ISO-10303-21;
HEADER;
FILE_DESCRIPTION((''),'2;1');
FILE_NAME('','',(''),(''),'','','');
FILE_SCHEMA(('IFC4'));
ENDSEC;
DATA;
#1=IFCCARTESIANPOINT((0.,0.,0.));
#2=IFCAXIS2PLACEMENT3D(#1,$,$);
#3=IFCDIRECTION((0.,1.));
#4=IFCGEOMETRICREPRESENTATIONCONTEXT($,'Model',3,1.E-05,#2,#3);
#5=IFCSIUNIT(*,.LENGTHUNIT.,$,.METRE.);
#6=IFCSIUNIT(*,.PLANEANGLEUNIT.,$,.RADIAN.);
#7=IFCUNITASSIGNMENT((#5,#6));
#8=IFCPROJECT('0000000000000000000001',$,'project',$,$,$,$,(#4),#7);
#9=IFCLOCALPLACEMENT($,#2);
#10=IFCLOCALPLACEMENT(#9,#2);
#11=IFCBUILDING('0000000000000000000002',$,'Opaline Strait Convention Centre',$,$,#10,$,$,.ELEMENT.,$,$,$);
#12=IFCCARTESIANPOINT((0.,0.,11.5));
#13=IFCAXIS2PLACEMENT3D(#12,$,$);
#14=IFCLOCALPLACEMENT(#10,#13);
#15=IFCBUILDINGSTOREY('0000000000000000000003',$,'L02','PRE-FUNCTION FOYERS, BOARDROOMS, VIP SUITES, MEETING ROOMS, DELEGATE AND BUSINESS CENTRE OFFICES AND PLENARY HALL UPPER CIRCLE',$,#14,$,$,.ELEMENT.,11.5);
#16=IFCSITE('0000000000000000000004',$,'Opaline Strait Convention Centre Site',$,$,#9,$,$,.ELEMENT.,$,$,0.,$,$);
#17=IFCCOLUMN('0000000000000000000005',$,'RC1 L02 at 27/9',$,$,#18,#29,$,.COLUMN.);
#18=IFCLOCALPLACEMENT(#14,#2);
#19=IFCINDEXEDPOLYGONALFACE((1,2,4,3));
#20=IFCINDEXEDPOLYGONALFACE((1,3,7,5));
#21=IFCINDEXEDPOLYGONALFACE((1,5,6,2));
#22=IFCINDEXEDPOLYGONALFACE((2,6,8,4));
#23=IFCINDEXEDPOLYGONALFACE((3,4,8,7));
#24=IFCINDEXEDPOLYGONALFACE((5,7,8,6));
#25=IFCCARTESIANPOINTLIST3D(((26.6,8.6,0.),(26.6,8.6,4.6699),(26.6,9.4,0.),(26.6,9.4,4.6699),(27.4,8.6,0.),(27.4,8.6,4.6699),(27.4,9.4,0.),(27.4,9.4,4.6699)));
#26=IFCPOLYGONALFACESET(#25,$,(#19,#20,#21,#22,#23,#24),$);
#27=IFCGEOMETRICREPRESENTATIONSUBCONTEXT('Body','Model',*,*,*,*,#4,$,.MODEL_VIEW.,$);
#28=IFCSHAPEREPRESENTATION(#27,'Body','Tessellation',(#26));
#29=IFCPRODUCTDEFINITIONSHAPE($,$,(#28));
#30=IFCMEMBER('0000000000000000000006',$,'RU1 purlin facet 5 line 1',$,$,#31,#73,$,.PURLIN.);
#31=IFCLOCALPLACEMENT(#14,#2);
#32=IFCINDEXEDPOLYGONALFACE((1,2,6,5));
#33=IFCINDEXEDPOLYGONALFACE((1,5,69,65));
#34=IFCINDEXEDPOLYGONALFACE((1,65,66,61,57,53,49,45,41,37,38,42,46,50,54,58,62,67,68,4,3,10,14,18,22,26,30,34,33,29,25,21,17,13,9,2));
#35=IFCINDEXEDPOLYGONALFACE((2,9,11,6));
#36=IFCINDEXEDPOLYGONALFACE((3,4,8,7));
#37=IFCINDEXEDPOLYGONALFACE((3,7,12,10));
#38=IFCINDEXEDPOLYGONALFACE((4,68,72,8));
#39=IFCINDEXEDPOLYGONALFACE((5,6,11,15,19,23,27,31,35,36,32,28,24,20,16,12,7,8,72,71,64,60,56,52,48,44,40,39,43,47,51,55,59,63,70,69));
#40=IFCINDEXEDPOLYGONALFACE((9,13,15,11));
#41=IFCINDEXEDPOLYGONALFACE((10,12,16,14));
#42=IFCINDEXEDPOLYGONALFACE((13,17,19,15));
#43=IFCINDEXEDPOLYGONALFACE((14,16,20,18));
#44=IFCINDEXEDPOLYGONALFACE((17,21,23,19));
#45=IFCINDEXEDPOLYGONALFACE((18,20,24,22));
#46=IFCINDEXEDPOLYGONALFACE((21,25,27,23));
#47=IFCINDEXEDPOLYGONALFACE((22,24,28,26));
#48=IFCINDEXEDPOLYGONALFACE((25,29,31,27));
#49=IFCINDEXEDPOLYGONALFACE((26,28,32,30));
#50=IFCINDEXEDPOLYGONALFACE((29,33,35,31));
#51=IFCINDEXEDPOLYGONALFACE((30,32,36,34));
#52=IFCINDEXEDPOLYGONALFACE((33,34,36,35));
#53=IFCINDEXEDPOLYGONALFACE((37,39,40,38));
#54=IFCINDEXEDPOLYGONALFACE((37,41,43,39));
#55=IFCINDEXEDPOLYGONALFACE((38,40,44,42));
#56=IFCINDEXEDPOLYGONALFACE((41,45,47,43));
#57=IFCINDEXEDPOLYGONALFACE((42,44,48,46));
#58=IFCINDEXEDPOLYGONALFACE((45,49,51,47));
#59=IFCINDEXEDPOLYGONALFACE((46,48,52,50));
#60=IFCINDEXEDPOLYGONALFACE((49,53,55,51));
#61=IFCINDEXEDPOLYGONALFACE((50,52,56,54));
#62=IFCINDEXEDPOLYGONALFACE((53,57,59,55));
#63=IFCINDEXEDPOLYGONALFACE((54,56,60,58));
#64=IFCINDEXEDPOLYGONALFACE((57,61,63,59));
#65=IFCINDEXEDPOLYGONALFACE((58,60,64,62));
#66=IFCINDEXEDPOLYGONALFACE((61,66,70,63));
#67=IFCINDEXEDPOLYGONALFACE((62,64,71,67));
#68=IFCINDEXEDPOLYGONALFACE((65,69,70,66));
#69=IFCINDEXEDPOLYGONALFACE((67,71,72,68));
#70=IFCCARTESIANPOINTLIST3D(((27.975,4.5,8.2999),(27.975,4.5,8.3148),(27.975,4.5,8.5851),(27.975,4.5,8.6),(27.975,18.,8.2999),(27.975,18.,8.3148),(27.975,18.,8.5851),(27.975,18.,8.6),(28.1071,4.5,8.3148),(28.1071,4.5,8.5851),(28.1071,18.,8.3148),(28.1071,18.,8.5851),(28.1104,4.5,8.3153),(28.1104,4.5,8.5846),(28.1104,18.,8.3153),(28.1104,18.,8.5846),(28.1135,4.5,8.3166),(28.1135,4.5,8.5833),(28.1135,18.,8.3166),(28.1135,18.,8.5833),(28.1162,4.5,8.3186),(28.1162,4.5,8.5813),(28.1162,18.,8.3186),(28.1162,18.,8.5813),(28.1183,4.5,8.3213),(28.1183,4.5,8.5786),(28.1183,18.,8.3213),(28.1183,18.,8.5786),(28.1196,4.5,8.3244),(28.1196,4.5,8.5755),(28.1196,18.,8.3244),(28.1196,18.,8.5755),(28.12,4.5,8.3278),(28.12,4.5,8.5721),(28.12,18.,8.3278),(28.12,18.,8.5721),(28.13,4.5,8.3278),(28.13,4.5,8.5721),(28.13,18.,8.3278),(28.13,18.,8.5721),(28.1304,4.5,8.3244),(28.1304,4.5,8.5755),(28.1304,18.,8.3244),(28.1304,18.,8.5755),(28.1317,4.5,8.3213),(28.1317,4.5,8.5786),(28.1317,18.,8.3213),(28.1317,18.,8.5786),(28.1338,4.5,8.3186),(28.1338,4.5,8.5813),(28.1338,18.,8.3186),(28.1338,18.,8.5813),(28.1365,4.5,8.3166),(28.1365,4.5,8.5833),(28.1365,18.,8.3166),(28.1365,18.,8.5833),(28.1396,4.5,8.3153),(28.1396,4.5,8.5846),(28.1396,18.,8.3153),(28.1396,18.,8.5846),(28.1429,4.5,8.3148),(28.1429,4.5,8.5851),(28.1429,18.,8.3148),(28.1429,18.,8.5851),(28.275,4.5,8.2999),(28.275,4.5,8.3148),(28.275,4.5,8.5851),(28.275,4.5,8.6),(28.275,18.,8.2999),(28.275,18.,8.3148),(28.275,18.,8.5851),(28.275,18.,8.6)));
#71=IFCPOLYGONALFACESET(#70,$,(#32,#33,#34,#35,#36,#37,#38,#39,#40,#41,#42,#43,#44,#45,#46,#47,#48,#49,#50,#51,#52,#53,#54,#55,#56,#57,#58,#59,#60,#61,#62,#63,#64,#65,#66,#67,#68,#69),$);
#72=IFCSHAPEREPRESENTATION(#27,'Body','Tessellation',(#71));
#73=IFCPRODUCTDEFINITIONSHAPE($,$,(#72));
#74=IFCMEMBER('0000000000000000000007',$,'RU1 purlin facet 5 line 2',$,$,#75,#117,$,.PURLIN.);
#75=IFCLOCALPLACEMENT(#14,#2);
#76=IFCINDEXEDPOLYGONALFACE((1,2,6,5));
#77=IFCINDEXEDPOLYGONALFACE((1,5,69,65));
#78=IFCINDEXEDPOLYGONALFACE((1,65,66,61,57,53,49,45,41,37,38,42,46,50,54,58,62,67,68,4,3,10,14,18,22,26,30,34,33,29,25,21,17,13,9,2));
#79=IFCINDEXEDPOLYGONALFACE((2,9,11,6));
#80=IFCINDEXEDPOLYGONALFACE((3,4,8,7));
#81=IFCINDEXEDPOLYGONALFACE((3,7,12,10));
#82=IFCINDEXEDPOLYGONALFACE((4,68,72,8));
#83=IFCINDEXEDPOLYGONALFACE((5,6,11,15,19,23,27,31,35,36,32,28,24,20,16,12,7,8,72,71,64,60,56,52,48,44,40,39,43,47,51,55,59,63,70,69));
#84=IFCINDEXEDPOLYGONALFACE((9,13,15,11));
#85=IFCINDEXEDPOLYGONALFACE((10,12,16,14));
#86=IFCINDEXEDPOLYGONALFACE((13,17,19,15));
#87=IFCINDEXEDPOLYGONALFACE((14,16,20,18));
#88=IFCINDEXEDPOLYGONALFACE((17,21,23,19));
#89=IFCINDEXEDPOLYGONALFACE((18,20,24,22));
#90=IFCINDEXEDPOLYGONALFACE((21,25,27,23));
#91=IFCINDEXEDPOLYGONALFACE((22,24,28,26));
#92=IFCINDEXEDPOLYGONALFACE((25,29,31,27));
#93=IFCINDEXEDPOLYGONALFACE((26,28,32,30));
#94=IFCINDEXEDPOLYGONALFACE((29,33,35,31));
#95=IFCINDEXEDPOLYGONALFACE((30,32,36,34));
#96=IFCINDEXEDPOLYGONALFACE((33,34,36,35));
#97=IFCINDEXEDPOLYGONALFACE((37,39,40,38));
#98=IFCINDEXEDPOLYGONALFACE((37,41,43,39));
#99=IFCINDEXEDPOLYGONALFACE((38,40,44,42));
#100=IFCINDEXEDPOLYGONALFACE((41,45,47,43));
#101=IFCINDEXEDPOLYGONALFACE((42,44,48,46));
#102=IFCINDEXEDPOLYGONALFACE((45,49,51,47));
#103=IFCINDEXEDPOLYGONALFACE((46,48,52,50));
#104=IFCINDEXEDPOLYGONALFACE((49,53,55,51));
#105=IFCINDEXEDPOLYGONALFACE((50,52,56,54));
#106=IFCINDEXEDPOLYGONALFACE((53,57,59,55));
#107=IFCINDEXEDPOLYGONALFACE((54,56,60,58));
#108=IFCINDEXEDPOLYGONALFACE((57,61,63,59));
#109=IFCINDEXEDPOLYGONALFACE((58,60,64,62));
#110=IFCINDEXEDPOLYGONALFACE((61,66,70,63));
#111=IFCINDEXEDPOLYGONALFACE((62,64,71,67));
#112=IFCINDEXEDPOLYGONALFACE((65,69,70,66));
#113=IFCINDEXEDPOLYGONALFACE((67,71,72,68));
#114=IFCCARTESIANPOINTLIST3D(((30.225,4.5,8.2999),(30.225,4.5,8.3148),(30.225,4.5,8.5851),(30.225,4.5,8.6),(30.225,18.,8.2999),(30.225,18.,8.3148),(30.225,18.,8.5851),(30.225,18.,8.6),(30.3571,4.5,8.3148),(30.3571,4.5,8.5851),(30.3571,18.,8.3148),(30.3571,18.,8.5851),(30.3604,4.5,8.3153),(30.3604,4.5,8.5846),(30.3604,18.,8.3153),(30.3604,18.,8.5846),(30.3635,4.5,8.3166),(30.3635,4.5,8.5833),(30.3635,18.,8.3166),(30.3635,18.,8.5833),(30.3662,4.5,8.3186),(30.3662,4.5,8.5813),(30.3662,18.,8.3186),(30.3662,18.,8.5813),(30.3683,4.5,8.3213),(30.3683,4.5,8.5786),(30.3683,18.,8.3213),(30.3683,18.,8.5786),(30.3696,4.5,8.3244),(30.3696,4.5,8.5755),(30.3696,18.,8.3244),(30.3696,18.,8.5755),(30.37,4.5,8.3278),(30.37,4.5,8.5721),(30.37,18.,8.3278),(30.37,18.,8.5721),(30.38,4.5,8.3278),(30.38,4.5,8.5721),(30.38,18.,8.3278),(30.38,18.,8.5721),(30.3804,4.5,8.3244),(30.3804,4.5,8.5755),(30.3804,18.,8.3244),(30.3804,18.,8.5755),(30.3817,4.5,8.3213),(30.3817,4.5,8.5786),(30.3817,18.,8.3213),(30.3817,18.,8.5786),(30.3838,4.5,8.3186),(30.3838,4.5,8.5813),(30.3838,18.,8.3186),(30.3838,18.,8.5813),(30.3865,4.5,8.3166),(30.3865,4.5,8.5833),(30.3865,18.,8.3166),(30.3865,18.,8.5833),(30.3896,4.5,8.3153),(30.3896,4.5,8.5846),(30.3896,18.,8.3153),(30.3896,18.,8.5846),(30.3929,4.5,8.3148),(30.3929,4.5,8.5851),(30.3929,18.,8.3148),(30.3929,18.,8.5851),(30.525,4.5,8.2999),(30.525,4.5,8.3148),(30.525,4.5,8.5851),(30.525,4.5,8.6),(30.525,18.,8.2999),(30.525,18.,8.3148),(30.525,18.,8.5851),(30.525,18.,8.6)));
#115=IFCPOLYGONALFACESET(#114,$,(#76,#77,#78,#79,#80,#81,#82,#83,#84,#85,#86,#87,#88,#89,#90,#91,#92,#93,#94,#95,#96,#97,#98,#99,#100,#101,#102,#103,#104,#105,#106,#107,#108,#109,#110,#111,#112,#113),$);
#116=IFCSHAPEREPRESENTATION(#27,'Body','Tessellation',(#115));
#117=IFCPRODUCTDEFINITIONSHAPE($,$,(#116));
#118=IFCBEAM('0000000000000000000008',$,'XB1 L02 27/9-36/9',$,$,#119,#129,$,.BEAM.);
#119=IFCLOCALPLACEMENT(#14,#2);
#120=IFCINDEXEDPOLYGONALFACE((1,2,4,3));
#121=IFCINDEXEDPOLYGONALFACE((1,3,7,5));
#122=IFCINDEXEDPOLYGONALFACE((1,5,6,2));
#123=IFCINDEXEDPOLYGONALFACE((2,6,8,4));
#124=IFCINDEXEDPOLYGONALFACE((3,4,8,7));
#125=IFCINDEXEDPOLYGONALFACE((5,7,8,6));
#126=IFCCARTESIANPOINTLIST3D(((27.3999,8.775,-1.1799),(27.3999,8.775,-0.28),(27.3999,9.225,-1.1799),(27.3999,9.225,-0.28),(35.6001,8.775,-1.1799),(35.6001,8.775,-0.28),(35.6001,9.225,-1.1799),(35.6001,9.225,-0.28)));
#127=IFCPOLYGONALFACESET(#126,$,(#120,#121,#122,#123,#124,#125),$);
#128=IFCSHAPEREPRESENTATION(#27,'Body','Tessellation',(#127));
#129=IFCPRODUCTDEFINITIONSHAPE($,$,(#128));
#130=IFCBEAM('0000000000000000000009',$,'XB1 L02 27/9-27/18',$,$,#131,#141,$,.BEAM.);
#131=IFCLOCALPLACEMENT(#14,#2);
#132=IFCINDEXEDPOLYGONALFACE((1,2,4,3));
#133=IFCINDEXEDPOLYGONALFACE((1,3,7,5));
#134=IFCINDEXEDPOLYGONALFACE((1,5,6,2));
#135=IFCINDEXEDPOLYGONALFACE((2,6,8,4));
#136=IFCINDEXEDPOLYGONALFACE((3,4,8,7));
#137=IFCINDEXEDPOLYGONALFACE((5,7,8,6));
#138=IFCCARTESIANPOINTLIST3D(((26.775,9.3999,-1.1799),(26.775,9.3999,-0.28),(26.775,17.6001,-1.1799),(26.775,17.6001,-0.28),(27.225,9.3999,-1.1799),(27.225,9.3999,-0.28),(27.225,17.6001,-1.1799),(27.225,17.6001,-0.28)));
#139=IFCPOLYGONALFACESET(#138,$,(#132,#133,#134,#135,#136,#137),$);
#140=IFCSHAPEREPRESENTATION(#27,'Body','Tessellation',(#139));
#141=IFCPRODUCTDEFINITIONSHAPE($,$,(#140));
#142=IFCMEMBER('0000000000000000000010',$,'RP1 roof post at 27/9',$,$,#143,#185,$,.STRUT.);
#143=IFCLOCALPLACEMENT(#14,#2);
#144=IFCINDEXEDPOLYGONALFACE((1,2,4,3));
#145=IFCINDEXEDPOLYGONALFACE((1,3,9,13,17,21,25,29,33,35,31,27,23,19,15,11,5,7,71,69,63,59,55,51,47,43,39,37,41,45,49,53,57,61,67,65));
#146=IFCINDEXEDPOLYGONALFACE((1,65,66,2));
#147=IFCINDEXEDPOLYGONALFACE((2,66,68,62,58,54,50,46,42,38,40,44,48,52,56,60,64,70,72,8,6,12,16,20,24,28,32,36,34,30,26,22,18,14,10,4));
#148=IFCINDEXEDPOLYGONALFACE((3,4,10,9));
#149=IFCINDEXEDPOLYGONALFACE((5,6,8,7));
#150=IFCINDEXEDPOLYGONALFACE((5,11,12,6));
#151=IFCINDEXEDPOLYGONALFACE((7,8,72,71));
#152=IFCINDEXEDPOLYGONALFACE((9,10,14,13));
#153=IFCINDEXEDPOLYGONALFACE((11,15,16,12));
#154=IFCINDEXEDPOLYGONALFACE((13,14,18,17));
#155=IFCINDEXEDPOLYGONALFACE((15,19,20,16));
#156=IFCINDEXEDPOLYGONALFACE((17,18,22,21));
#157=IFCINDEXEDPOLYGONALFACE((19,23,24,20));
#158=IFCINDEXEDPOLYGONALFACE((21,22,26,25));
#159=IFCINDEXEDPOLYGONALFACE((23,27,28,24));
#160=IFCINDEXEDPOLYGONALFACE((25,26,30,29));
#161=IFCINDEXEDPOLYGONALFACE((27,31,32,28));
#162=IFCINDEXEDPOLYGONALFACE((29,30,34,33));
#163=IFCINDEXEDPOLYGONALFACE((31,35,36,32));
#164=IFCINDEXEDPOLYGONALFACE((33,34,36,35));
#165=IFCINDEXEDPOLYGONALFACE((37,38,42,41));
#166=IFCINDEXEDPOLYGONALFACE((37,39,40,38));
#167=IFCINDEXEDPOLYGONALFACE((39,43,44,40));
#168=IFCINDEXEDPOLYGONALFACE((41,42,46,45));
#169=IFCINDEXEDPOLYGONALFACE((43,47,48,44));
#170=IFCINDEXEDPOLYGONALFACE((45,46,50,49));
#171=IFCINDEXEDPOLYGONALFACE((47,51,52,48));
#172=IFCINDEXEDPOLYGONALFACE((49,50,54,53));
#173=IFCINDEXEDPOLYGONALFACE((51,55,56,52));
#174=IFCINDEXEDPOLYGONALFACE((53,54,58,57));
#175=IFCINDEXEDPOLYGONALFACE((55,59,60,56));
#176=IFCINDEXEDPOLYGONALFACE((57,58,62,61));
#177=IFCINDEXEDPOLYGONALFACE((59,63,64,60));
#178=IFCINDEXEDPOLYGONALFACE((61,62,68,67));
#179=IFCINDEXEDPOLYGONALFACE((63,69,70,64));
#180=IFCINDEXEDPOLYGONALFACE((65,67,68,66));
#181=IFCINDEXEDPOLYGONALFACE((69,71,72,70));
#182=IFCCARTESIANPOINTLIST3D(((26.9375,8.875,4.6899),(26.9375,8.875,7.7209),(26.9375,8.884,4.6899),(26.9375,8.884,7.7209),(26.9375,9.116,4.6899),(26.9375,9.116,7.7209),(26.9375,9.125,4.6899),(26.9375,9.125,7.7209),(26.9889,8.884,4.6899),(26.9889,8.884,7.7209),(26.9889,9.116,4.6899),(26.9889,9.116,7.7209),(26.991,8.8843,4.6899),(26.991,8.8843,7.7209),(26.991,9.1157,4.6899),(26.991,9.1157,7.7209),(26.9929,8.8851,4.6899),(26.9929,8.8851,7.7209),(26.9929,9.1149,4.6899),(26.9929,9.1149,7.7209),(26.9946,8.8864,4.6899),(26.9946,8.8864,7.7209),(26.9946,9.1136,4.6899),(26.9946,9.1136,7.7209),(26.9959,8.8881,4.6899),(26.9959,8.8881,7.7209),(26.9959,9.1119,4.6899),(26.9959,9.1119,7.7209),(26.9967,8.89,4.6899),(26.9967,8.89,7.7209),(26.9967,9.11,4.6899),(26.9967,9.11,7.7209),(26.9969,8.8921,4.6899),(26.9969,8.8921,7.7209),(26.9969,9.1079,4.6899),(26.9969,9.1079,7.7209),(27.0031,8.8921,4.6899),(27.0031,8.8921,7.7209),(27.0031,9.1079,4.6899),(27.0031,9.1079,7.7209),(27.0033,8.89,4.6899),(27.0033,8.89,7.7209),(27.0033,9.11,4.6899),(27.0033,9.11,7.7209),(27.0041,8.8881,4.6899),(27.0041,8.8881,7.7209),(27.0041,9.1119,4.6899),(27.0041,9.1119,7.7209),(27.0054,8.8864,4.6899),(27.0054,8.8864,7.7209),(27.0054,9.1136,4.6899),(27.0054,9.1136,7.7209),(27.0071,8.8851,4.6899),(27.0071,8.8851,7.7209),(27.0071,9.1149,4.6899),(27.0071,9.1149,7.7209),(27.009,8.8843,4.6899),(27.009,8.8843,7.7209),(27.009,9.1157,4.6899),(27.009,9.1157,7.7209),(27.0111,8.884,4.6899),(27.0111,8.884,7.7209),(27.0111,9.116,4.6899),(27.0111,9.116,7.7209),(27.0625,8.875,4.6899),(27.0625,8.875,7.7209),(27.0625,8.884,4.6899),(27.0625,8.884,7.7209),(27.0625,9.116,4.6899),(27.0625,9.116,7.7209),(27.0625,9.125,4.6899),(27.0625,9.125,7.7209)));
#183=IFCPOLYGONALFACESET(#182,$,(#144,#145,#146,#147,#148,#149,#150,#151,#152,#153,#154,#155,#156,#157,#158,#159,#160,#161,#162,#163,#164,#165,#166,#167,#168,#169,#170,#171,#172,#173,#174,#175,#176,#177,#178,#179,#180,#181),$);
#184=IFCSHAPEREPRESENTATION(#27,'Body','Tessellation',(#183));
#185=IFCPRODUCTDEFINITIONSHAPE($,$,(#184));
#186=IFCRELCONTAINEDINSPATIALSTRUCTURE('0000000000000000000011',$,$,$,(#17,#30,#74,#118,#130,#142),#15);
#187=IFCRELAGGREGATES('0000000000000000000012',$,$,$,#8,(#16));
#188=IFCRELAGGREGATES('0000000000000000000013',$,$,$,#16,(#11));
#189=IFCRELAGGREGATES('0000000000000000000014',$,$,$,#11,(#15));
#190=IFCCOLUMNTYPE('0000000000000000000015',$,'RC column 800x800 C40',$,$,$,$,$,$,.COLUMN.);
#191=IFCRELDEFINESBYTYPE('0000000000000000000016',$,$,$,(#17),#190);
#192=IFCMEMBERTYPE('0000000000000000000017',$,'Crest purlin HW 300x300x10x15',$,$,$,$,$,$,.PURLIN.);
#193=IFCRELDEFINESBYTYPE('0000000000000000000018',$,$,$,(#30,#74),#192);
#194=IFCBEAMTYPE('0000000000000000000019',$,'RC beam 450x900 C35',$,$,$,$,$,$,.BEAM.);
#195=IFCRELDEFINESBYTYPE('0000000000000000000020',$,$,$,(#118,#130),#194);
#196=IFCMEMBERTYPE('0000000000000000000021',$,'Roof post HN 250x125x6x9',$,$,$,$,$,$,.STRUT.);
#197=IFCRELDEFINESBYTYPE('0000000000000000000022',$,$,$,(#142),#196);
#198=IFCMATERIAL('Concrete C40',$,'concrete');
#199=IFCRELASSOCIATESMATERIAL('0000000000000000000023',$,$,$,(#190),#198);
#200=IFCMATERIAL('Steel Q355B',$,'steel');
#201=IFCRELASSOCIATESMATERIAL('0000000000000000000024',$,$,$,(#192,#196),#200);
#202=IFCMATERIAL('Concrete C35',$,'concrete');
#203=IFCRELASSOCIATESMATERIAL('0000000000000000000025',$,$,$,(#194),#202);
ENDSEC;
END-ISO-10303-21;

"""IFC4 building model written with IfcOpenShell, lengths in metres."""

from ifc_helpers import new_model, si_unit, direction, frame, origin, origin_2d, place, context, subcontext, project, spatial, rectangle, i_section, extrude, material, material_profile, profile_set, type_object, element, save


model = new_model("IFC4")

# Units and contexts
model_context = context("Model", 3, precision=1e-05, world=origin(), true_north=direction((0.0, 1.0)))
body_context = subcontext(model_context, "Body", "Model", "MODEL_VIEW")
ifc_project = project(units=[si_unit("LENGTHUNIT", "METRE"), si_unit("PLANEANGLEUNIT", "RADIAN")], contexts=[model_context])

# Site, building, storey
site_placement = place(None, origin())
site = spatial("IfcSite", under=ifc_project, at=site_placement, Name="Opaline Strait Convention Centre Site", CompositionType="ELEMENT", RefElevation=0.0)
building_placement = place(site_placement, origin())
building = spatial("IfcBuilding", under=site, at=building_placement, Name="Opaline Strait Convention Centre", CompositionType="ELEMENT")
storey_placement = place(building_placement, frame((0.0, 0.0, 11.5)))
storey = spatial("IfcBuildingStorey", under=building, at=storey_placement, Name="L02", Description="PRE-FUNCTION FOYERS, BOARDROOMS, VIP SUITES, MEETING ROOMS, DELEGATE AND BUSINESS CENTRE OFFICES AND PLENARY HALL UPPER CIRCLE", CompositionType="ELEMENT", Elevation=11.5)

# Column
ifc_material_1 = material(Name="Concrete C40", Category="concrete")
ifc_material_profile_1 = material_profile(ifc_material_1, rectangle(XDim=0.8, YDim=0.8, at=origin_2d()), Name="RC 800x800")
ifc_profile_set_1 = profile_set([ifc_material_profile_1], Name="Concrete C40")
column_type = type_object("IfcColumnType", Name="RC column 800x800 C40", PredefinedType="COLUMN", material=ifc_profile_set_1)
column_placement = place(storey_placement, frame((27.0, 9.0, 0.0), z_axis=(0.0, 0.0, 1.0), x_axis=(1.0, 0.0, 0.0)))
element("IfcColumn", 1, at=column_placement, inside=storey, type_object=column_type, Name="RC1 L02 at 27/9", PredefinedType="COLUMN", context=body_context, shape_type="SweptSolid", body=[
    extrude(rectangle(XDim=0.8, YDim=0.8, at=origin_2d()), origin(), (0.0, 0.0, 1.0), 4.6699),
])

# Members
ifc_material_2 = material(Name="Steel Q355B", Category="steel")
ifc_material_profile_2 = material_profile(ifc_material_2, i_section(OverallWidth=0.3, OverallDepth=0.3, WebThickness=0.01, FlangeThickness=0.0149, FilletRadius=0.0129, at=origin_2d()), Name="HW 300x300x10x15")
ifc_profile_set_2 = profile_set([ifc_material_profile_2], Name="Steel Q355B")
member_type_1 = type_object("IfcMemberType", Name="Crest purlin HW 300x300x10x15", PredefinedType="PURLIN", material=ifc_profile_set_2)
for number, where, z_axis, x_axis, name in (
    (2, (28.125, 4.5, 8.45), (0.0, 1.0, 0.0), (-1.0, 0.0, 0.0), "RU1 purlin facet 5 line 1"),
    (3, (30.375, 4.5, 8.45), (0.0, 1.0, 0.0), (-1.0, 0.0, 0.0), "RU1 purlin facet 5 line 2"),
):
    element("IfcMember", number, at=place(storey_placement, frame(where, z_axis=z_axis, x_axis=x_axis)), inside=storey, type_object=member_type_1, Name=name, PredefinedType="PURLIN", context=body_context, shape_type="SweptSolid", body=[
        extrude(i_section(OverallWidth=0.3, OverallDepth=0.3, WebThickness=0.01, FlangeThickness=0.0149, FilletRadius=0.0129, at=origin_2d()), origin(), (0.0, 0.0, 1.0), 13.5),
    ])

# Beams
ifc_material_3 = material(Name="Concrete C35", Category="concrete")
ifc_material_profile_3 = material_profile(ifc_material_3, rectangle(XDim=0.45, YDim=0.8999, at=origin_2d()), Name="RC 450x900")
ifc_profile_set_3 = profile_set([ifc_material_profile_3], Name="Concrete C35")
beam_type = type_object("IfcBeamType", Name="RC beam 450x900 C35", PredefinedType="BEAM", material=ifc_profile_set_3)
for number, where, z_axis, x_axis, name in (
    (4, (27.3999, 9.0, -0.73), (1.0, 0.0, 0.0), (0.0, 1.0, 0.0), "XB1 L02 27/9-36/9"),
    (5, (27.0, 9.3999, -0.73), (0.0, 1.0, 0.0), (-1.0, 0.0, 0.0), "XB1 L02 27/9-27/18"),
):
    element("IfcBeam", number, at=place(storey_placement, frame(where, z_axis=z_axis, x_axis=x_axis)), inside=storey, type_object=beam_type, Name=name, PredefinedType="BEAM", context=body_context, shape_type="SweptSolid", body=[
        extrude(rectangle(XDim=0.45, YDim=0.8999, at=origin_2d()), origin(), (0.0, 0.0, 1.0), 8.2002),
    ])

# Member
ifc_material_profile_4 = material_profile(ifc_material_2, i_section(OverallWidth=0.125, OverallDepth=0.25, WebThickness=0.0061, FlangeThickness=0.009, FilletRadius=0.0081, at=origin_2d()), Name="HN 250x125x6x9")
ifc_profile_set_4 = profile_set([ifc_material_profile_4], Name="Steel Q355B")
member_type_2 = type_object("IfcMemberType", Name="Roof post HN 250x125x6x9", PredefinedType="STRUT", material=ifc_profile_set_4)
member_1_placement = place(storey_placement, frame((27.0, 9.0, 4.6899), z_axis=(0.0, 0.0, 1.0), x_axis=(1.0, 0.0, 0.0)))
element("IfcMember", 6, at=member_1_placement, inside=storey, type_object=member_type_2, Name="RP1 roof post at 27/9", PredefinedType="STRUT", context=body_context, shape_type="SweptSolid", body=[
    extrude(i_section(OverallWidth=0.125, OverallDepth=0.25, WebThickness=0.0061, FlangeThickness=0.009, FilletRadius=0.0081, at=origin_2d()), origin(), (0.0, 0.0, 1.0), 3.031),
])

save(model, "model.ifc")
